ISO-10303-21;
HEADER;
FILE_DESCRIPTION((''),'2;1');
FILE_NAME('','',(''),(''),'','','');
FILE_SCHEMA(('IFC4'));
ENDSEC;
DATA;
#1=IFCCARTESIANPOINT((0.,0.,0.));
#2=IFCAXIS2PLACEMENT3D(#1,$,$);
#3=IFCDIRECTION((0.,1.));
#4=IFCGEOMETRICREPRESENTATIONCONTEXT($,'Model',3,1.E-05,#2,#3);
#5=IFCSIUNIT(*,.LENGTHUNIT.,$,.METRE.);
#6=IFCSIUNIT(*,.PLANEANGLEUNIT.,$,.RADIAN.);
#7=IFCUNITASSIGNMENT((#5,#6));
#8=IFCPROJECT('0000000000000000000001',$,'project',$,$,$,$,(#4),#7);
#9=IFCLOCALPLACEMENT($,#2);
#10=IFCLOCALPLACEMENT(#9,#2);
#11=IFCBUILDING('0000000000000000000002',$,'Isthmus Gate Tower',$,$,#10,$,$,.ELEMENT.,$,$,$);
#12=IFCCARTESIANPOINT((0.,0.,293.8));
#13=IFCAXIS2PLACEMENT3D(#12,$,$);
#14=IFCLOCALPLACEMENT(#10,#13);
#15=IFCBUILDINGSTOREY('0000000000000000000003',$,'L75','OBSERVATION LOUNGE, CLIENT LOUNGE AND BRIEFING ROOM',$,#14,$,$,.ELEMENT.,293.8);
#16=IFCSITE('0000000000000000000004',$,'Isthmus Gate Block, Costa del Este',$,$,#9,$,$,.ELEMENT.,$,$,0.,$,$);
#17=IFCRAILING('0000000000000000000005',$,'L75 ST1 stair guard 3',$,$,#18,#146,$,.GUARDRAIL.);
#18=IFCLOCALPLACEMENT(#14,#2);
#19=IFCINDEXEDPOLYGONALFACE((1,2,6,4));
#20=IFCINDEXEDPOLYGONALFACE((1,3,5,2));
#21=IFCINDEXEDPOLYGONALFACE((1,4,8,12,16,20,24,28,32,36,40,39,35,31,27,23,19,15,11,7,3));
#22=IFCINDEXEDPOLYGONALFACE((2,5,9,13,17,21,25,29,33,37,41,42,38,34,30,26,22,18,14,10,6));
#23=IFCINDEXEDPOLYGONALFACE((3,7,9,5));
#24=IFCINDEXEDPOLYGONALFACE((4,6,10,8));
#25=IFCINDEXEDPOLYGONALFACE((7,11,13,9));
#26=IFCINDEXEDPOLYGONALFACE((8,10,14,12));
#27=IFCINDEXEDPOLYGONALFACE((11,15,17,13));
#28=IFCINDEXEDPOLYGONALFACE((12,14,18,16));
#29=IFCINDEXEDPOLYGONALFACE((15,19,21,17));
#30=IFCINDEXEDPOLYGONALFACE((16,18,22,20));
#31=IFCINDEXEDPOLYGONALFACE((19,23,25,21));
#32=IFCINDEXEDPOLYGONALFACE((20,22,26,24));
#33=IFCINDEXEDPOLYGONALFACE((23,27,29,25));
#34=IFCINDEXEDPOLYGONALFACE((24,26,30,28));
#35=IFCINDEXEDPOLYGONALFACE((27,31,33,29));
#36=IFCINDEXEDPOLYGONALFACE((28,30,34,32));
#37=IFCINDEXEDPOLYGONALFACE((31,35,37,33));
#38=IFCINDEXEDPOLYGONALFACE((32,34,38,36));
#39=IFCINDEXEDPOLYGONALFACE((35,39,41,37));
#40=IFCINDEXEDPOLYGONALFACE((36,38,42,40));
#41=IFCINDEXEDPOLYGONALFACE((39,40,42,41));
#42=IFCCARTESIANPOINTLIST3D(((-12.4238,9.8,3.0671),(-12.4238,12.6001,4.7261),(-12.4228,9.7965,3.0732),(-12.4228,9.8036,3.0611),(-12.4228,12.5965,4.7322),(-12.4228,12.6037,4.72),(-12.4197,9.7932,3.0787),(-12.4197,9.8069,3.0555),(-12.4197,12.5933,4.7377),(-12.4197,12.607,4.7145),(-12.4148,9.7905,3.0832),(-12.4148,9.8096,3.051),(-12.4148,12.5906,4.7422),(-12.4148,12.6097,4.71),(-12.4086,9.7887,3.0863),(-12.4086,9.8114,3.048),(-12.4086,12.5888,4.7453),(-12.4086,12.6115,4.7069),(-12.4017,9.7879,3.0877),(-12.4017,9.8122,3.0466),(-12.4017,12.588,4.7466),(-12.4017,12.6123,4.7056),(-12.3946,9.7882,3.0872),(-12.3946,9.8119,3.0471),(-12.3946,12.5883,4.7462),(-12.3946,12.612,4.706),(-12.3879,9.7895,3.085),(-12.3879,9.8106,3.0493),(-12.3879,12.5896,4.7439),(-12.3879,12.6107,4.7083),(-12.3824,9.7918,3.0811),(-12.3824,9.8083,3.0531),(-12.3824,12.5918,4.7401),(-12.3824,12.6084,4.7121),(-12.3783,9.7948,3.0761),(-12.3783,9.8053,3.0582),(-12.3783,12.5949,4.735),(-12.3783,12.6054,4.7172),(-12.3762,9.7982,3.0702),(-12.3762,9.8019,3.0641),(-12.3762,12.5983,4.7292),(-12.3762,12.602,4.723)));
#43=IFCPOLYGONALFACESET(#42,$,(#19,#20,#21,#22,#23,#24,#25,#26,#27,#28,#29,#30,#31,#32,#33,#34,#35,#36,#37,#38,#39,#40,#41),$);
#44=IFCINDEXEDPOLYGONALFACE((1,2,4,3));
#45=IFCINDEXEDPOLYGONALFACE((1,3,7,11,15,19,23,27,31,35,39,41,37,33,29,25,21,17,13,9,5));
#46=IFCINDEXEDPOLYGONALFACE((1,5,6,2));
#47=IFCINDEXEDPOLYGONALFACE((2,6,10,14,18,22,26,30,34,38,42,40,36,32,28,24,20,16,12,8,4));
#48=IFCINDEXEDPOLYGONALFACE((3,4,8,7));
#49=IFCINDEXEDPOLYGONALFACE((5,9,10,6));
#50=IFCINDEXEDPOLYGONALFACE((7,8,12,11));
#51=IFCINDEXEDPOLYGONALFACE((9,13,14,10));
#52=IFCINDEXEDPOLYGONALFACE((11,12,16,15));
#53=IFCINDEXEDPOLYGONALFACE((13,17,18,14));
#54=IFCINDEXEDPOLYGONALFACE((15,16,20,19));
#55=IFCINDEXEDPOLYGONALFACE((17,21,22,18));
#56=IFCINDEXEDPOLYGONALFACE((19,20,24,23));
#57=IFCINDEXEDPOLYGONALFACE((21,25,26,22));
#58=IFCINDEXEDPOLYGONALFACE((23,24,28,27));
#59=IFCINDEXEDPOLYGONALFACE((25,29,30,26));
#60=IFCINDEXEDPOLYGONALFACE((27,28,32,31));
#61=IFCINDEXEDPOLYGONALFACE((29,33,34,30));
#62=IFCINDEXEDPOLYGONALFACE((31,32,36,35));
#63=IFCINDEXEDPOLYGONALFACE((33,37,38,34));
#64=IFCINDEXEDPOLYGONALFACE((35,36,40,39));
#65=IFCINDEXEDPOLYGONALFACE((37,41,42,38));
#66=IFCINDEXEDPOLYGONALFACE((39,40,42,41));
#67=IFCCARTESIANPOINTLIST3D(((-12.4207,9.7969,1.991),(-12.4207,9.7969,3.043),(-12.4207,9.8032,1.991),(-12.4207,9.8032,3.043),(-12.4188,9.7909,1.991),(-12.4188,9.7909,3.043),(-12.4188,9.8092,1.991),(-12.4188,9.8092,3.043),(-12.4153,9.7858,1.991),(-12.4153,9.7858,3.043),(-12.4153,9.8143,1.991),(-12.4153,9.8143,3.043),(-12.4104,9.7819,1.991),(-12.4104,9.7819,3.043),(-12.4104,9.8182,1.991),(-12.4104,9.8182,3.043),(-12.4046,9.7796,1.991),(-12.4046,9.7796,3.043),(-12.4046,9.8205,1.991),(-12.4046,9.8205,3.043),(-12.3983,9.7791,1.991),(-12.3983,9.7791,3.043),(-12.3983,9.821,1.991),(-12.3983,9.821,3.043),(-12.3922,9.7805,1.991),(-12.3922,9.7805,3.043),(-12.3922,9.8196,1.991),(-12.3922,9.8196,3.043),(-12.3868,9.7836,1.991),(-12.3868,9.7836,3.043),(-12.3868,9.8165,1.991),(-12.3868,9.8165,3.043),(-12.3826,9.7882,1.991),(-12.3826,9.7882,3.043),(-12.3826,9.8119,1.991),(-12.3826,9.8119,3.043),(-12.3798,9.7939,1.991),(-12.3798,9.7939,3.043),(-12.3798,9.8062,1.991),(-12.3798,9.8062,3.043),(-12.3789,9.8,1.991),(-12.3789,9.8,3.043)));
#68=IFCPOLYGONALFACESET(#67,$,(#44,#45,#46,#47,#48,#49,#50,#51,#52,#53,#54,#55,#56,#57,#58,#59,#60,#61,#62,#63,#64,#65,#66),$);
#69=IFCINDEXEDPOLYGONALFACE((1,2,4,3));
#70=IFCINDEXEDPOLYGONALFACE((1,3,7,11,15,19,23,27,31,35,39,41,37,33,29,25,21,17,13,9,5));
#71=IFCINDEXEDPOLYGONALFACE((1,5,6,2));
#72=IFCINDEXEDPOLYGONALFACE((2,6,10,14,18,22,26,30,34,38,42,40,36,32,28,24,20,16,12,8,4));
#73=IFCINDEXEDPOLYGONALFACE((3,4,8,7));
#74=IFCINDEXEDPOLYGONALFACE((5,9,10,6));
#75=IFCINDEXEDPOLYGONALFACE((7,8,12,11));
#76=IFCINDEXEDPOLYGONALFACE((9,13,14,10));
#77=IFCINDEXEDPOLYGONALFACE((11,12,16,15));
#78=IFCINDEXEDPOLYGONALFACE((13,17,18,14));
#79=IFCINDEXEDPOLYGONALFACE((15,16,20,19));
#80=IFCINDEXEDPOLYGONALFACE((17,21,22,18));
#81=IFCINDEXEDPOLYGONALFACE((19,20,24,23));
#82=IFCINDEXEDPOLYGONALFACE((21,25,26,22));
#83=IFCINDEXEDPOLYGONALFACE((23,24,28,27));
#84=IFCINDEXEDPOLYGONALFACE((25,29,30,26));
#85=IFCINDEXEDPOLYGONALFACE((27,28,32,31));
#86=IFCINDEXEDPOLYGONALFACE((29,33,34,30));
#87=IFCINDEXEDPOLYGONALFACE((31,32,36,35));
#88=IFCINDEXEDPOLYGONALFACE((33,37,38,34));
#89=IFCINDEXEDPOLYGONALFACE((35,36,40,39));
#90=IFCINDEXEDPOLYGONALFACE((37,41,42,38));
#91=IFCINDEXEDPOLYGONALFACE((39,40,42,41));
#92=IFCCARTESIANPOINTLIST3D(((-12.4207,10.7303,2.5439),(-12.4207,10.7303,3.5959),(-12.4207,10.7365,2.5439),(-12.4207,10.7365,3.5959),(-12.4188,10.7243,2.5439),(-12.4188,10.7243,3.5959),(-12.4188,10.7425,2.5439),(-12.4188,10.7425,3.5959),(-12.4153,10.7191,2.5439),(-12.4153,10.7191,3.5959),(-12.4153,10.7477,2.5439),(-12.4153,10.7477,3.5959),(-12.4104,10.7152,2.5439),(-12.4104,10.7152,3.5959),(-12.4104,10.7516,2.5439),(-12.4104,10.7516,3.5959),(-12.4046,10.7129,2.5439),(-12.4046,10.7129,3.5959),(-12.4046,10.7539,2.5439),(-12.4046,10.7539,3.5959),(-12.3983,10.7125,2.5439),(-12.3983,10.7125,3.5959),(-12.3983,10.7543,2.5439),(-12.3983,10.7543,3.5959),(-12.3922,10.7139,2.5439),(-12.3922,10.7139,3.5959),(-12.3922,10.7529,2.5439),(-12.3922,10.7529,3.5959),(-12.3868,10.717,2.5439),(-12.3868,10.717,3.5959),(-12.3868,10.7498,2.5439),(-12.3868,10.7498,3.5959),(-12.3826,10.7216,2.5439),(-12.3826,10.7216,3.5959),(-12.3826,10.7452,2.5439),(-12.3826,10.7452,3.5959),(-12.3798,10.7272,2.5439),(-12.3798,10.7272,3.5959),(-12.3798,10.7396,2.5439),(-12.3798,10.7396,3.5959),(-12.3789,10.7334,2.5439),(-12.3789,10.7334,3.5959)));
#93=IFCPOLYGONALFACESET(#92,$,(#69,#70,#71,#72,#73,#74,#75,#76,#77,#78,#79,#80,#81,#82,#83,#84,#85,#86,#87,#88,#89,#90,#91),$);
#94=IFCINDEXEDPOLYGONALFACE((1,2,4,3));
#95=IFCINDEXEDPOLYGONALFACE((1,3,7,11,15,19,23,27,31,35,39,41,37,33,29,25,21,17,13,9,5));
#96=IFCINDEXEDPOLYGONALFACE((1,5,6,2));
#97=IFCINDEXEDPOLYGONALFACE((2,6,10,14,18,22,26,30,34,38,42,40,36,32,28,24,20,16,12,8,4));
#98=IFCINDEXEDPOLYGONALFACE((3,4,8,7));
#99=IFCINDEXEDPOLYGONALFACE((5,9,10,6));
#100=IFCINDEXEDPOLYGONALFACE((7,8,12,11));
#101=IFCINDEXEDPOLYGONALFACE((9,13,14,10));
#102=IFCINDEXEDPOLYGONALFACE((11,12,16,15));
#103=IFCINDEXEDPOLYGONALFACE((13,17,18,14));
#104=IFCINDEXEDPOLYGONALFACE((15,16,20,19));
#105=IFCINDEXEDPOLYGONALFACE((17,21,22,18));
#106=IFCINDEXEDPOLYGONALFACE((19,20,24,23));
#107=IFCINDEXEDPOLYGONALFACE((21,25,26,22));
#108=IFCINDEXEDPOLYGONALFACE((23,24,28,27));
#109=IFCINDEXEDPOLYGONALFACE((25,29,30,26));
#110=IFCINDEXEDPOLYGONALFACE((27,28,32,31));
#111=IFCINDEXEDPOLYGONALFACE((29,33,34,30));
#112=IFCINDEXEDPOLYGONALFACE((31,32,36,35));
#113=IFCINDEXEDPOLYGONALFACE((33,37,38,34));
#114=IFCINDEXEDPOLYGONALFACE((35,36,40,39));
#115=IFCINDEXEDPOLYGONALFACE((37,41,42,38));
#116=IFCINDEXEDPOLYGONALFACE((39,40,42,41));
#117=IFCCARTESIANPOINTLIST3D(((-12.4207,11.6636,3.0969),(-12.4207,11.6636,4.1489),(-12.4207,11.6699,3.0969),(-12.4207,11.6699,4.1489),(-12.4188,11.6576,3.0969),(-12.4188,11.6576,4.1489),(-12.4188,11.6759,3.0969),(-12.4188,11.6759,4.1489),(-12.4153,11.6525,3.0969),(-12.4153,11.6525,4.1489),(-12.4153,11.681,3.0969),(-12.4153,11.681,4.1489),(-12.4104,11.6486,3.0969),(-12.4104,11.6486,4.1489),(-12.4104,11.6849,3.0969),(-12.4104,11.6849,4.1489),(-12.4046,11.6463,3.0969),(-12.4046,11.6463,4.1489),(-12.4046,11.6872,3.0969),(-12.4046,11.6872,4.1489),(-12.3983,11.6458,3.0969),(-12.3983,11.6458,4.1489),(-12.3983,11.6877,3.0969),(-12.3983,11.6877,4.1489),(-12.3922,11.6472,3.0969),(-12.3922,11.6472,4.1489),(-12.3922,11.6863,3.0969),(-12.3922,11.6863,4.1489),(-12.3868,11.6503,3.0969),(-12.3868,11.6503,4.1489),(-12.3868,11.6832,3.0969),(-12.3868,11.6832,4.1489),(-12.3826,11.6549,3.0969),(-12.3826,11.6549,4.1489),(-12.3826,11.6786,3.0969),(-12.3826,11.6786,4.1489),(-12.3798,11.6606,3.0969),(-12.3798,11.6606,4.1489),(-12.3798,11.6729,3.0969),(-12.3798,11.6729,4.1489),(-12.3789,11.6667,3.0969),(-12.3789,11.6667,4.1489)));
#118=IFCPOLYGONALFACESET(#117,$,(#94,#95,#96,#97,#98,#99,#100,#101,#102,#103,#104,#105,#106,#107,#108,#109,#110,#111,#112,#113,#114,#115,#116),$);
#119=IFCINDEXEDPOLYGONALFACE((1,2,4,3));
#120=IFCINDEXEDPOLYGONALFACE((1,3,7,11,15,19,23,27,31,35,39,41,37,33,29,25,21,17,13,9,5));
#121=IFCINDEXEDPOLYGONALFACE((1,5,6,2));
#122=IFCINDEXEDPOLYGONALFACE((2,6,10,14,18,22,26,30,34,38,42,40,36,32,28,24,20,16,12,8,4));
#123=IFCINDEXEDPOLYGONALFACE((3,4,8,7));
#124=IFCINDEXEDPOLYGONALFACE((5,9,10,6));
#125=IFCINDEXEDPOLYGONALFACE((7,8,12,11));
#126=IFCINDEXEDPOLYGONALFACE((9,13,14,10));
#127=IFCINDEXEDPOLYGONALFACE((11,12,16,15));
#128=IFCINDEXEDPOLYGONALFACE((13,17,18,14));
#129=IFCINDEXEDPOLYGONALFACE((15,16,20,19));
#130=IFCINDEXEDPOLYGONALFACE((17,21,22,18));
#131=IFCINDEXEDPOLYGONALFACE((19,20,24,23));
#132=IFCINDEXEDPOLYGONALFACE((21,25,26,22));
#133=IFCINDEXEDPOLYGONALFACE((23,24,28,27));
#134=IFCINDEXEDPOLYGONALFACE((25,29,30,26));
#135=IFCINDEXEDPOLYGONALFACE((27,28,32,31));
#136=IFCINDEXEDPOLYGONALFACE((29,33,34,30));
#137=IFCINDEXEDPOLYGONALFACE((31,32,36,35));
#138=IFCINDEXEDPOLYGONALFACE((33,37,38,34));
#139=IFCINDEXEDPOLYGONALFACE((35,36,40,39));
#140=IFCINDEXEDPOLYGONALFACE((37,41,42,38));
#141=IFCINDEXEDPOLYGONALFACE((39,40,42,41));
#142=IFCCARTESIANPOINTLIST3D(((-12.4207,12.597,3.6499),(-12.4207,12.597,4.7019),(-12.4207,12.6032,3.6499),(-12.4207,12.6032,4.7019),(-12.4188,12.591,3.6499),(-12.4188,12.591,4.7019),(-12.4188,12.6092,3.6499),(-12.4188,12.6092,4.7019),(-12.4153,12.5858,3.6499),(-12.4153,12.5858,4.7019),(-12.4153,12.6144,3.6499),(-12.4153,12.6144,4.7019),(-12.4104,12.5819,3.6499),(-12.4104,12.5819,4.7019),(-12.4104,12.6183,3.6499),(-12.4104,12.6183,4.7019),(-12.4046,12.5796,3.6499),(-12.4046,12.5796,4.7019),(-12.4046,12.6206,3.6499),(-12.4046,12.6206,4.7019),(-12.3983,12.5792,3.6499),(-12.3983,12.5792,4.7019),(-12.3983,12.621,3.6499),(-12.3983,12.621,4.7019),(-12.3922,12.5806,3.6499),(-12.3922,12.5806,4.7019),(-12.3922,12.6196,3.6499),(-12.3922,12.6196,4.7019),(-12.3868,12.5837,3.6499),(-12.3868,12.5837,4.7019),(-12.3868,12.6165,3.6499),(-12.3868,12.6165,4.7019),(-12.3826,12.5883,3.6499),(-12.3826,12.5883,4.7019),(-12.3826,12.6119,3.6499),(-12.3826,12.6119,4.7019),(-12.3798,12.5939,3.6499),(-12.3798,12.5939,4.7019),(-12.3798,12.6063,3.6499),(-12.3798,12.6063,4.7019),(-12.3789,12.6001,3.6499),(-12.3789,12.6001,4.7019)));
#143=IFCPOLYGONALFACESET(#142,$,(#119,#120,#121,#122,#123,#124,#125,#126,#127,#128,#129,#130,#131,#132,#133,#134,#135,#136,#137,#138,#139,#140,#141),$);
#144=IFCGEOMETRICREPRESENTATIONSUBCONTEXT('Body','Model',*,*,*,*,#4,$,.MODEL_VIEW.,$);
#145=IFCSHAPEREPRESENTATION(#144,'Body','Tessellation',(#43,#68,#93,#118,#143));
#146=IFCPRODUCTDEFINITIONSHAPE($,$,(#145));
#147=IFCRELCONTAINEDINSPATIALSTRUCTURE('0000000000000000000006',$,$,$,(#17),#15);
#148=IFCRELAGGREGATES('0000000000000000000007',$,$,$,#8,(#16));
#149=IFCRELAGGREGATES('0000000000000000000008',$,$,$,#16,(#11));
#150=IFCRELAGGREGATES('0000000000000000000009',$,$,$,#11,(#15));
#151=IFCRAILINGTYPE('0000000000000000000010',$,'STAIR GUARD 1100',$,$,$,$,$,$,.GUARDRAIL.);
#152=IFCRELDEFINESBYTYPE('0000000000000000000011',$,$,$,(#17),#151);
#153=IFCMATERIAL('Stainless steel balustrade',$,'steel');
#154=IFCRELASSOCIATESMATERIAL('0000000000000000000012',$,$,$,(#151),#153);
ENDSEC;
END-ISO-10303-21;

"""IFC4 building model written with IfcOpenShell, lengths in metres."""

from ifc_helpers import new_model, si_unit, direction, frame, origin, origin_2d, place, context, subcontext, project, spatial, circle, extrude, material, type_object, element, save


model = new_model("IFC4")

# Units and contexts
model_context = context("Model", 3, precision=1e-05, world=origin(), true_north=direction((0.0, 1.0)))
body_context = subcontext(model_context, "Body", "Model", "MODEL_VIEW")
ifc_project = project(units=[si_unit("LENGTHUNIT", "METRE"), si_unit("PLANEANGLEUNIT", "RADIAN")], contexts=[model_context])

# Site, building, storey
site_placement = place(None, origin())
site = spatial("IfcSite", under=ifc_project, at=site_placement, Name="Isthmus Gate Block, Costa del Este", CompositionType="ELEMENT", RefElevation=0.0)
building_placement = place(site_placement, origin())
building = spatial("IfcBuilding", under=site, at=building_placement, Name="Isthmus Gate Tower", CompositionType="ELEMENT")
storey_placement = place(building_placement, frame((0.0, 0.0, 293.8)))
storey = spatial("IfcBuildingStorey", under=building, at=storey_placement, Name="L75", Description="OBSERVATION LOUNGE, CLIENT LOUNGE AND BRIEFING ROOM", CompositionType="ELEMENT", Elevation=293.8)

# Railing
ifc_material_1 = material(Name="Stainless steel balustrade", Category="steel")
railing_type_1 = type_object("IfcRailingType", Name="STAIR GUARD 1100", PredefinedType="GUARDRAIL", material=ifc_material_1)
railing_1_placement = place(storey_placement, frame((-12.3999, 9.8, 1.991)))
element("IfcRailing", 1, at=railing_1_placement, inside=storey, type_object=railing_type_1, Name="L75 ST1 stair guard 3", PredefinedType="GUARDRAIL", context=body_context, shape_type="SweptSolid", body=[
    extrude(circle(Radius=0.0239, at=origin_2d()), frame((0.0, 0.0, 1.0762), z_axis=(0.0, 0.860339, 0.509722), x_axis=(-1.0, 0.0, 0.0)), (0.0, 0.0, 1.0), 3.2546),
    extrude(circle(Radius=0.021, at=origin_2d()), origin(), (0.0, 0.0, 1.0), 1.052),
    extrude(circle(Radius=0.021, at=origin_2d()), frame((0.0, 0.9333, 0.553)), (0.0, 0.0, 1.0), 1.052),
    extrude(circle(Radius=0.021, at=origin_2d()), frame((0.0, 1.8667, 1.106)), (0.0, 0.0, 1.0), 1.052),
    extrude(circle(Radius=0.021, at=origin_2d()), frame((0.0, 2.8, 1.6589)), (0.0, 0.0, 1.0), 1.052),
])

save(model, "model.ifc")
